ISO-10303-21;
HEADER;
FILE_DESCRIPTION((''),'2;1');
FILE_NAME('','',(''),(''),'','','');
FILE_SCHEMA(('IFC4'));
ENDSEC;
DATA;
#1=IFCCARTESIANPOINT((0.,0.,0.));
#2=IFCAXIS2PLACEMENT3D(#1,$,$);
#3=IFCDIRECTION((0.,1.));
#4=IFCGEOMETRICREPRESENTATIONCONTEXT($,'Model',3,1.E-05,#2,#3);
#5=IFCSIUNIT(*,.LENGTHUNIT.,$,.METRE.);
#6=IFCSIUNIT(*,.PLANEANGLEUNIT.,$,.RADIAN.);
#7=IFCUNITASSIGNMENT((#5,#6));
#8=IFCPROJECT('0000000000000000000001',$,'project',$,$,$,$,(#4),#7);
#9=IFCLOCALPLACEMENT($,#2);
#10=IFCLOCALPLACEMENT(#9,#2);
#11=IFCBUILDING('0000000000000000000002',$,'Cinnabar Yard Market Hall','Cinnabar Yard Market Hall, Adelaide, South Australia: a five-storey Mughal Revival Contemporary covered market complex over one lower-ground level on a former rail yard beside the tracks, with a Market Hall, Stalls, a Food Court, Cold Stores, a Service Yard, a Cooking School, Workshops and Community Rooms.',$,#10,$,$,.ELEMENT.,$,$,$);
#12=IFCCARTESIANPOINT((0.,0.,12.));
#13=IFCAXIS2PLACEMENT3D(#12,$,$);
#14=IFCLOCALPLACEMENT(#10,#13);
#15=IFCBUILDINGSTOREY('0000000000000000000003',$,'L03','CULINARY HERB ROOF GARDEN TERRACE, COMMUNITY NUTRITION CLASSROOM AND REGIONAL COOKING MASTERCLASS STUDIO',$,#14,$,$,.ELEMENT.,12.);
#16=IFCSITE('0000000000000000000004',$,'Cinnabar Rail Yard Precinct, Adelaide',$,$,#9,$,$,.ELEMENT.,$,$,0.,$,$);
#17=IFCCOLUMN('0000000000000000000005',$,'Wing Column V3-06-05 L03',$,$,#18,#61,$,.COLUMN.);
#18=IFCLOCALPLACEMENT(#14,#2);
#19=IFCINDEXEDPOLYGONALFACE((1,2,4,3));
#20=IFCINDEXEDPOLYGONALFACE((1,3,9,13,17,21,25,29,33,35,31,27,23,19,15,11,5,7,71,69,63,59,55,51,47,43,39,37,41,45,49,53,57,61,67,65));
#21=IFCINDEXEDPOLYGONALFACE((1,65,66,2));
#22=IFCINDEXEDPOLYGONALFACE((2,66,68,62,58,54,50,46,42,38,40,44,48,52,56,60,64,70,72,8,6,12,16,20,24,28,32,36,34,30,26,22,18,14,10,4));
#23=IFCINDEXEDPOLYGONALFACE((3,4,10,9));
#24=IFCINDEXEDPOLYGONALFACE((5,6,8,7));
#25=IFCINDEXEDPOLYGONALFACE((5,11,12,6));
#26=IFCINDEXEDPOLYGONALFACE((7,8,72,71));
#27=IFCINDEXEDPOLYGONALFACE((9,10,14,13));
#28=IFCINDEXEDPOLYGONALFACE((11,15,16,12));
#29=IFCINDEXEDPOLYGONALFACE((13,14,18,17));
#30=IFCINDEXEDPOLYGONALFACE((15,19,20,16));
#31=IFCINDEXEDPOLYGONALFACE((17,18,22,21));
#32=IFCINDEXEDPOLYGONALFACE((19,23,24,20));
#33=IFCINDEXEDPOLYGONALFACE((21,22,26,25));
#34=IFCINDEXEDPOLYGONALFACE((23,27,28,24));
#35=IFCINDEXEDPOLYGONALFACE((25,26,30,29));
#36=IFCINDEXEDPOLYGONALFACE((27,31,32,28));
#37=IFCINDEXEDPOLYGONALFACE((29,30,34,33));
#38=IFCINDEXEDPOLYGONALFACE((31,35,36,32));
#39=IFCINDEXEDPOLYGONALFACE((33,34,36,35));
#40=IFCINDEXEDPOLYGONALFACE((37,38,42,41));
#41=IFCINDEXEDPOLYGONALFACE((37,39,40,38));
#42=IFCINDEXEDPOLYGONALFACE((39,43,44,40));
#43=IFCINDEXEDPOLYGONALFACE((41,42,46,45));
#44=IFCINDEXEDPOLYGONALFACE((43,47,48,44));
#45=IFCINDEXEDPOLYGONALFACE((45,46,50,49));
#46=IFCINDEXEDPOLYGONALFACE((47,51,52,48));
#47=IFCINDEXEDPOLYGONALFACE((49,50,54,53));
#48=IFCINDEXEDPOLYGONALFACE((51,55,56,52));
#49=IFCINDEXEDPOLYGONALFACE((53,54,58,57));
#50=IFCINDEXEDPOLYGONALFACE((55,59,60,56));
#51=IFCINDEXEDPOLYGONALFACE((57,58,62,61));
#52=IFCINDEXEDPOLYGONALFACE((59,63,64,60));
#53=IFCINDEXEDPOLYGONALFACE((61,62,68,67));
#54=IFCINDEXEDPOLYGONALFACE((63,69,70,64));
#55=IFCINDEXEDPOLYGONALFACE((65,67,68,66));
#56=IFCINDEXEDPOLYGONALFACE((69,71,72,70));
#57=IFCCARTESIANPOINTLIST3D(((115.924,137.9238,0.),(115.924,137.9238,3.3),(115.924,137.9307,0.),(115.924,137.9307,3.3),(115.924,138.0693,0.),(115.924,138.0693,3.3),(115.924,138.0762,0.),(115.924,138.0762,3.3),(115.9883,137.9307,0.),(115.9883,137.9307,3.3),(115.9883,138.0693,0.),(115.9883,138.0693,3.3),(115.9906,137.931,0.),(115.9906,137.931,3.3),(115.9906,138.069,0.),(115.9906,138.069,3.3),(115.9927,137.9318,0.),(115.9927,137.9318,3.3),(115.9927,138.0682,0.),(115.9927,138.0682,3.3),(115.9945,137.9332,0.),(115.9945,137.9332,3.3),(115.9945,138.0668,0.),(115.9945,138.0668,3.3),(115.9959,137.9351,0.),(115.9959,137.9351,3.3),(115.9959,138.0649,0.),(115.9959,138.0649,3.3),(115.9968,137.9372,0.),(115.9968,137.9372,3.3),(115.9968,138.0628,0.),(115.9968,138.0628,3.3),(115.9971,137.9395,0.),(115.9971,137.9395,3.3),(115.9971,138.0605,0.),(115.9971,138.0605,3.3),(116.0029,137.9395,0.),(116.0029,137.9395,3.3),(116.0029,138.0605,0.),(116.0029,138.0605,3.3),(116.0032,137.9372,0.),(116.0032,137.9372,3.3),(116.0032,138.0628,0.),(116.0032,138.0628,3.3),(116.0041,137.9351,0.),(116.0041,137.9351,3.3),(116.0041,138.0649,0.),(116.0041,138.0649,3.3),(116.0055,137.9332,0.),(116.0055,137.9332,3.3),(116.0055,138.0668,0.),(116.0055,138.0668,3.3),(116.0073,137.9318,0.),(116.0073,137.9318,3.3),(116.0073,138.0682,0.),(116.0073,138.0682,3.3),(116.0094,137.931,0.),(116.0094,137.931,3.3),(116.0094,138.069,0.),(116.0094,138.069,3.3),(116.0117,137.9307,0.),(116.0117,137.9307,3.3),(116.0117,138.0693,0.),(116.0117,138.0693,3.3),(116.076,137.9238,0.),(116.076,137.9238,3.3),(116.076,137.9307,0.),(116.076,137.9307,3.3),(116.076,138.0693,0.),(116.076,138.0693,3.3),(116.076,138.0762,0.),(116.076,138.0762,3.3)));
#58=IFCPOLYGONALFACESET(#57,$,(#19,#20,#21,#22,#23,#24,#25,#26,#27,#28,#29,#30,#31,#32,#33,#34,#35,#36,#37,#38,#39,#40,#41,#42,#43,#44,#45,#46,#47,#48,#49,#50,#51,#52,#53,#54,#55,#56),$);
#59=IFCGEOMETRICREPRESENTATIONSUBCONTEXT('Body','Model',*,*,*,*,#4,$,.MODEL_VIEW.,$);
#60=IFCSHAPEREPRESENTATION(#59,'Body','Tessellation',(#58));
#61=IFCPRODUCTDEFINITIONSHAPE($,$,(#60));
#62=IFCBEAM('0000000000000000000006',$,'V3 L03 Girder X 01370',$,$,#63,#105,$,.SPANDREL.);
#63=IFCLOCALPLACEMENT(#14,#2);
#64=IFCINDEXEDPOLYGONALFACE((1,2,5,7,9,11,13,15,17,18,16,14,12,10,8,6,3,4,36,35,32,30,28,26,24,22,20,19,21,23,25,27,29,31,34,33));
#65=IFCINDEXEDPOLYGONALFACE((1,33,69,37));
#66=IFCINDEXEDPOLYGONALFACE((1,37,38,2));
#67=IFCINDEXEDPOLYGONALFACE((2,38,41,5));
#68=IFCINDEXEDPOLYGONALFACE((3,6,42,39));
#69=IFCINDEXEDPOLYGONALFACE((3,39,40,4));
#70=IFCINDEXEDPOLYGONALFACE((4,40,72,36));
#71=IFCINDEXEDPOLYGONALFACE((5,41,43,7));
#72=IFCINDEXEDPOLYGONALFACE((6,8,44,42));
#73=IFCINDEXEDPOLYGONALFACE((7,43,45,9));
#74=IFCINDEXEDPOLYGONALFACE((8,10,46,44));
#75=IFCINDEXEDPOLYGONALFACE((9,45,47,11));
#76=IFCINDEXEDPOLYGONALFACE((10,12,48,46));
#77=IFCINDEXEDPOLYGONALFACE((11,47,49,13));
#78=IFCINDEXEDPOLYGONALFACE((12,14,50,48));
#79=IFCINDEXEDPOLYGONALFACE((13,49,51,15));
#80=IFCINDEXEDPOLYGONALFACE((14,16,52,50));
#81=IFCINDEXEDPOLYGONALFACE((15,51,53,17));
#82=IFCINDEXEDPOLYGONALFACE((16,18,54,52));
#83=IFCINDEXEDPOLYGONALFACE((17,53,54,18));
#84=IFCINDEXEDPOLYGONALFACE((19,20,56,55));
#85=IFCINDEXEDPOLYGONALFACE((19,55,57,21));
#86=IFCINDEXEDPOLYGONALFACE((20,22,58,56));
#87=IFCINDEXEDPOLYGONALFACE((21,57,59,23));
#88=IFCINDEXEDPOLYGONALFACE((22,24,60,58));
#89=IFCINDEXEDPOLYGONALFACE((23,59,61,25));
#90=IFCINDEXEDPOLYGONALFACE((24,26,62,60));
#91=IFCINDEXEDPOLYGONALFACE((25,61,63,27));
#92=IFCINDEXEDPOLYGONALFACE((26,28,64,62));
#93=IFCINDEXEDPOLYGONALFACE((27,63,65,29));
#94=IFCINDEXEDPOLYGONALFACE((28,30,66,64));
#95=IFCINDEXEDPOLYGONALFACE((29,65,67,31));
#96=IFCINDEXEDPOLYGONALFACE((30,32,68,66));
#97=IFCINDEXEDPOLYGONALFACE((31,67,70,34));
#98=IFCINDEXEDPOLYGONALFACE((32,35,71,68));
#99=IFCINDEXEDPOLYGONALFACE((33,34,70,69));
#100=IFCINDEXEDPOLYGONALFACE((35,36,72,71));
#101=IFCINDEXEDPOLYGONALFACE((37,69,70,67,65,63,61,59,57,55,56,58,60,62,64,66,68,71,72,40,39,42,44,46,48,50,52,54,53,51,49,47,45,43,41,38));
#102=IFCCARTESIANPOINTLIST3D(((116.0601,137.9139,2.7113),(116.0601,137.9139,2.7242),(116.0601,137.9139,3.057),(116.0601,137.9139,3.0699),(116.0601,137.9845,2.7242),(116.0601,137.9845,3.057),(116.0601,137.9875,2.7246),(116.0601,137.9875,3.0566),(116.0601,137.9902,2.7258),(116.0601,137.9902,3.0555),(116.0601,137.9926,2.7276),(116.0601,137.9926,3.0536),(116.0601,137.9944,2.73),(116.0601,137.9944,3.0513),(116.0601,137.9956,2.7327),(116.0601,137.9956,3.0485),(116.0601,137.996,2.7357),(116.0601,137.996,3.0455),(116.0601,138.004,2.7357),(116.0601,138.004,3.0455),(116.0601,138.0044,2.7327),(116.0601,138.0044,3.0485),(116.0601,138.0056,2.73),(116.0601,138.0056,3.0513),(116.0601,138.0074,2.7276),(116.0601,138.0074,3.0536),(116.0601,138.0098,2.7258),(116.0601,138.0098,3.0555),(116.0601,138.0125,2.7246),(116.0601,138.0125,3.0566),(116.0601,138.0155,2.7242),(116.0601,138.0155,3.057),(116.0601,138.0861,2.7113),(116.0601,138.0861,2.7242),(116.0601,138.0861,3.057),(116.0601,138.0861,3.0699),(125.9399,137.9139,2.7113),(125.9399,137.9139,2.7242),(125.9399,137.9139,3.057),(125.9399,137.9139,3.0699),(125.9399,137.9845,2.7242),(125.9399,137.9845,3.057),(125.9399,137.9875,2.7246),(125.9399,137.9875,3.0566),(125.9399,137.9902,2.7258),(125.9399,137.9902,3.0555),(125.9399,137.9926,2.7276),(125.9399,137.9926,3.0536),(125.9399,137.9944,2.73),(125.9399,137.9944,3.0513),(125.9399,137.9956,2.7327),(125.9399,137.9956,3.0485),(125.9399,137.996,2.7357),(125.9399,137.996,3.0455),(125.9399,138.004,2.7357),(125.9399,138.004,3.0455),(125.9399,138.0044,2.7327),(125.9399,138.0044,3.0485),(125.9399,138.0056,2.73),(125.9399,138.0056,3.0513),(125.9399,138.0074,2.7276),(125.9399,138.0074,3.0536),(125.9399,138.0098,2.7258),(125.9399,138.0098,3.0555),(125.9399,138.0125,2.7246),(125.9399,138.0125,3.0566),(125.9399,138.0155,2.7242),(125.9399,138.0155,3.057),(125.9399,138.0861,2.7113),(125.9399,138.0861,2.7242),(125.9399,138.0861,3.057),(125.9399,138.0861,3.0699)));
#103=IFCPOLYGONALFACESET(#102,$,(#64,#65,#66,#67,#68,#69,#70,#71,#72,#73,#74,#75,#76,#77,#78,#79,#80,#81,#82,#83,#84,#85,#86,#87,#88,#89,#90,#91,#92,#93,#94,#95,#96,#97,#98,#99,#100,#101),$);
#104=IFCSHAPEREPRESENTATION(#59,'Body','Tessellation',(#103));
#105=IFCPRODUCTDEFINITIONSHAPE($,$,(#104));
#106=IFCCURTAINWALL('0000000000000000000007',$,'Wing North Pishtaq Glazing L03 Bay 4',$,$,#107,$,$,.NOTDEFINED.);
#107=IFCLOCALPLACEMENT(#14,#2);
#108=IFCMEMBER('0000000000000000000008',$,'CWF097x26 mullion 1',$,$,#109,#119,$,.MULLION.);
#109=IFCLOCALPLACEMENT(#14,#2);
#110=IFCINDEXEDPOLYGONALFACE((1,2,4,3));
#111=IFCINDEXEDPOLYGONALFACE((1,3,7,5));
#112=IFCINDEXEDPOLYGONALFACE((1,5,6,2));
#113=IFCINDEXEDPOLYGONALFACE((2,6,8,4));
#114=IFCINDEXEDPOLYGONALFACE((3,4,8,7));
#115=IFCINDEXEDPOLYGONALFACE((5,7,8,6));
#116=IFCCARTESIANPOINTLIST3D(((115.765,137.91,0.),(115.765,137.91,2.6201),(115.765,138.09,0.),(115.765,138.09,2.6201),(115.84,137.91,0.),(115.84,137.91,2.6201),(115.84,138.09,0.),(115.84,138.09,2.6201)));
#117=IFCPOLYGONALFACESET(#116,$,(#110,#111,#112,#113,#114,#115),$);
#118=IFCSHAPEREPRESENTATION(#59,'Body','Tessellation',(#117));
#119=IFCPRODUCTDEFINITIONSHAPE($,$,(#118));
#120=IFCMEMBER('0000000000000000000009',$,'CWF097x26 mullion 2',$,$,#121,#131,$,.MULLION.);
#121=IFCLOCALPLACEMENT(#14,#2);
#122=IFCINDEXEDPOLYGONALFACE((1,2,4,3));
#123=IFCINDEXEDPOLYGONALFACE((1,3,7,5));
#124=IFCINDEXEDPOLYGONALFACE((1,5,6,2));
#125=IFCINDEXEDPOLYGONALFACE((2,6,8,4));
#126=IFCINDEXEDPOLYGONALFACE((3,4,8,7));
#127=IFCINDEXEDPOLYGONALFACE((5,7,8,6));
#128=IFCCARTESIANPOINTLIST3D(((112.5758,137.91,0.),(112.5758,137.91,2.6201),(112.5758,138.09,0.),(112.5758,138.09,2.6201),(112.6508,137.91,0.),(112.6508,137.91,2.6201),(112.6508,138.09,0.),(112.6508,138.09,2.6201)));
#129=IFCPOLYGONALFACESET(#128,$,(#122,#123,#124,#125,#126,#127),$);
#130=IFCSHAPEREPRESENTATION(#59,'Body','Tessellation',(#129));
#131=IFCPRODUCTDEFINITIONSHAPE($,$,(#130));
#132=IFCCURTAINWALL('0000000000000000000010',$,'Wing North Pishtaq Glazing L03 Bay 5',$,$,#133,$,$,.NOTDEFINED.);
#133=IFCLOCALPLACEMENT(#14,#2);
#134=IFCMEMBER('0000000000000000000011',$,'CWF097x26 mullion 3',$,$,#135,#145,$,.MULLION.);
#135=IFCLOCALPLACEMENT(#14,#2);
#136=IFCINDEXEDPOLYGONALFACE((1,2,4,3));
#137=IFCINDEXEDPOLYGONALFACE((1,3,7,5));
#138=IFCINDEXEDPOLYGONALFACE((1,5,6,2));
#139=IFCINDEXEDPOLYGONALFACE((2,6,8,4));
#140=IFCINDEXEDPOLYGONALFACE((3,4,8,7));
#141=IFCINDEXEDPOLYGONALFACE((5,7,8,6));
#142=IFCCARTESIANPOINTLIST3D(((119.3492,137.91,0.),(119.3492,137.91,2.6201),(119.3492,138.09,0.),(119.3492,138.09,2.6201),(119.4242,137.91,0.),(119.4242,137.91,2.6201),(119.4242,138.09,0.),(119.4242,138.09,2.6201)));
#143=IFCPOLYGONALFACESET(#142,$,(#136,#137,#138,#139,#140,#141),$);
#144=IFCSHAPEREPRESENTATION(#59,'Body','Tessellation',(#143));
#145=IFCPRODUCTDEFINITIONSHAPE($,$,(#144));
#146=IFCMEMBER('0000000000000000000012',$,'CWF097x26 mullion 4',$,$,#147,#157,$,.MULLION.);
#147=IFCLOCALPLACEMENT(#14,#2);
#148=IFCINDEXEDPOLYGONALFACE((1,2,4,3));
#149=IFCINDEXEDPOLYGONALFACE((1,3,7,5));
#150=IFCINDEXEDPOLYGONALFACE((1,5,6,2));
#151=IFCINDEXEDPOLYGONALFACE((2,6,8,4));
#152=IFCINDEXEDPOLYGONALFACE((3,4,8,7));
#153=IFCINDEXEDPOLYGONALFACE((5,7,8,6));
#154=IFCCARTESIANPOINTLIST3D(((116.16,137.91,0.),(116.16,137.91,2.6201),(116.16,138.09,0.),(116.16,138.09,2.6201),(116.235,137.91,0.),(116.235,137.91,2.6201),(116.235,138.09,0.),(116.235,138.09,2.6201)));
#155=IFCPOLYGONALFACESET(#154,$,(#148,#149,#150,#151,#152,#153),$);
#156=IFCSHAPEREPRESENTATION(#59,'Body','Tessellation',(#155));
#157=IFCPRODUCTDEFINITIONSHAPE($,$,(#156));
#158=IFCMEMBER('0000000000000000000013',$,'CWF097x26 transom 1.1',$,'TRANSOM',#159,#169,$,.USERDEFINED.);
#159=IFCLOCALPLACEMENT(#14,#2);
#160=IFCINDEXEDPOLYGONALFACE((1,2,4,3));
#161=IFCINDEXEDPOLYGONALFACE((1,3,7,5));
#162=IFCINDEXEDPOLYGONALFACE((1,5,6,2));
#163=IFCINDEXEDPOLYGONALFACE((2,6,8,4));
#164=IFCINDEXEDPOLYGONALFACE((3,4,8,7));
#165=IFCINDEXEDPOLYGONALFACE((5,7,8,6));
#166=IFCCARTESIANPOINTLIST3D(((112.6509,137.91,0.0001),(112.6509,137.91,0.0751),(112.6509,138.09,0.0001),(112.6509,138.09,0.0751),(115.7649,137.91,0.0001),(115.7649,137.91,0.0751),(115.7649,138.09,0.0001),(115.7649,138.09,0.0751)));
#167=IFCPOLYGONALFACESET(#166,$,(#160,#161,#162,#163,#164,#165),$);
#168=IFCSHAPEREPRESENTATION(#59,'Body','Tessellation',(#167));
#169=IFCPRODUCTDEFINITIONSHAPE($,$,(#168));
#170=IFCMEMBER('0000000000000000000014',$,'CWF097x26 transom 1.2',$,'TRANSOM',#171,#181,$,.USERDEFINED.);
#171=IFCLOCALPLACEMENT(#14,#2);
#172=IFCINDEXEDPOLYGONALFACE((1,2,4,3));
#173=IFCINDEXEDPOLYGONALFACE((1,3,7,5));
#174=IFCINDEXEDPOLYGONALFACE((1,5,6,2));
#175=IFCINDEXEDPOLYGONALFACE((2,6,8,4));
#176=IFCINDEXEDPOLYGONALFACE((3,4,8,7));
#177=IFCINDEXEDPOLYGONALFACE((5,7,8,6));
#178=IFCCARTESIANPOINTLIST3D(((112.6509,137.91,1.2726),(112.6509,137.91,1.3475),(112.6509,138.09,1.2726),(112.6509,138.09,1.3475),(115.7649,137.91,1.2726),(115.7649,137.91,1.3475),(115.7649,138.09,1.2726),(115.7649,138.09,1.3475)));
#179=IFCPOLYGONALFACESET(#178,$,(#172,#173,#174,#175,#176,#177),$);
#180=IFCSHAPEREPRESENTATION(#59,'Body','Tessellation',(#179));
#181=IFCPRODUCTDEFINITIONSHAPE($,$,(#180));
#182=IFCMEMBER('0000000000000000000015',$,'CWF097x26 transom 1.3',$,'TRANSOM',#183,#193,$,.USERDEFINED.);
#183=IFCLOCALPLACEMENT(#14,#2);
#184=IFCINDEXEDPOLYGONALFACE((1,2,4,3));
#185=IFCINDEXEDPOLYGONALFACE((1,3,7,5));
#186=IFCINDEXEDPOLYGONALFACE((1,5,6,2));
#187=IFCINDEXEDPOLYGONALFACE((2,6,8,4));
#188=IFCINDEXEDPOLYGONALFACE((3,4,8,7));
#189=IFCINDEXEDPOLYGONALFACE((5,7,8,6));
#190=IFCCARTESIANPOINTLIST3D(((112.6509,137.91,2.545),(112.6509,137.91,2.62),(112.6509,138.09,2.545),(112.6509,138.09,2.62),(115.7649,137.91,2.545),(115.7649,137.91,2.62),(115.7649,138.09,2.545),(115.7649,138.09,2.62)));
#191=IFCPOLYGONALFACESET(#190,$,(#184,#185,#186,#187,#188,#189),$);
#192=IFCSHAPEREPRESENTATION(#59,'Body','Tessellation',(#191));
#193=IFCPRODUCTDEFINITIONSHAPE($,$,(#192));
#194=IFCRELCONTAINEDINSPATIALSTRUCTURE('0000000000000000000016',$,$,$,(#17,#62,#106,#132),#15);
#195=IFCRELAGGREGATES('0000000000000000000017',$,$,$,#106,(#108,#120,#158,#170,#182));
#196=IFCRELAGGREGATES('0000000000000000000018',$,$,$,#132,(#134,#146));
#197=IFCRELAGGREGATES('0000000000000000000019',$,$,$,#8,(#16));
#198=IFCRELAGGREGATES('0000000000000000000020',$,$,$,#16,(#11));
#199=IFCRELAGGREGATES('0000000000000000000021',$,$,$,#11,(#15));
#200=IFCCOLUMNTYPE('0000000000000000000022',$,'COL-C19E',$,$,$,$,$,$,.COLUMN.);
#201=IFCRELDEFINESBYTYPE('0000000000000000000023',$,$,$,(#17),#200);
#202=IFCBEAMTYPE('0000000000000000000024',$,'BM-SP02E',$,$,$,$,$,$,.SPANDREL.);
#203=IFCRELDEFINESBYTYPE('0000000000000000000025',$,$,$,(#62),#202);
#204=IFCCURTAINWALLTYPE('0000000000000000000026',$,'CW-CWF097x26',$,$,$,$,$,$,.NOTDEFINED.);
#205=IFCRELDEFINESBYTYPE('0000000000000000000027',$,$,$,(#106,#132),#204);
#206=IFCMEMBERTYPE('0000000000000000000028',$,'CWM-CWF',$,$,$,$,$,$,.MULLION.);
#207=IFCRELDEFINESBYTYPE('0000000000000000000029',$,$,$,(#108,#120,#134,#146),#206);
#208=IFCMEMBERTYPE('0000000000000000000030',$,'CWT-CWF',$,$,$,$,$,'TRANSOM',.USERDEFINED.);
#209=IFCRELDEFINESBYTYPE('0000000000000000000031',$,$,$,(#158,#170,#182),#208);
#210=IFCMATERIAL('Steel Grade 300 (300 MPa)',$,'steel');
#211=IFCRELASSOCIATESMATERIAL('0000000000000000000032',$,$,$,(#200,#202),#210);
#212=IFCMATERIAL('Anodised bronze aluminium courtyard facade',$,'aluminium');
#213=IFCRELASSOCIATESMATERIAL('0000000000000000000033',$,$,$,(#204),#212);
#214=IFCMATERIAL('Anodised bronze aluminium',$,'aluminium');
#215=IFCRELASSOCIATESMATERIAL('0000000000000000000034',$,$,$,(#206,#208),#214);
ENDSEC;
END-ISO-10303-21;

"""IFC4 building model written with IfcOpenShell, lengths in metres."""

from ifc_helpers import new_model, si_unit, direction, frame, origin, origin_2d_with_axis, place, context, subcontext, project, spatial, rectangle, i_section, extrude, material, material_profile, profile_set, type_object, element, aggregate, save


model = new_model("IFC4")

# Units and contexts
model_context = context("Model", 3, precision=1e-05, world=origin(), true_north=direction((0.0, 1.0)))
body_context = subcontext(model_context, "Body", "Model", "MODEL_VIEW")
ifc_project = project(units=[si_unit("LENGTHUNIT", "METRE"), si_unit("PLANEANGLEUNIT", "RADIAN")], contexts=[model_context])

# Site, building, storey
site_placement = place(None, origin())
site = spatial("IfcSite", under=ifc_project, at=site_placement, Name="Cinnabar Rail Yard Precinct, Adelaide", CompositionType="ELEMENT", RefElevation=0.0)
building_placement = place(site_placement, origin())
building = spatial("IfcBuilding", under=site, at=building_placement, Name="Cinnabar Yard Market Hall", Description="Cinnabar Yard Market Hall, Adelaide, South Australia: a five-storey Mughal Revival Contemporary covered market complex over one lower-ground level on a former rail yard beside the tracks, with a Market Hall, Stalls, a Food Court, Cold Stores, a Service Yard, a Cooking School, Workshops and Community Rooms.", CompositionType="ELEMENT")
storey_placement = place(building_placement, frame((0.0, 0.0, 12.0)))
storey = spatial("IfcBuildingStorey", under=building, at=storey_placement, Name="L03", Description="CULINARY HERB ROOF GARDEN TERRACE, COMMUNITY NUTRITION CLASSROOM AND REGIONAL COOKING MASTERCLASS STUDIO", CompositionType="ELEMENT", Elevation=12.0)

# Column
ifc_material_1 = material(Name="Steel Grade 300 (300 MPa)", Category="steel")
ifc_material_profile_1 = material_profile(ifc_material_1, i_section(OverallWidth=0.1521, OverallDepth=0.1523, WebThickness=0.0059, FlangeThickness=0.0068, FilletRadius=0.0088, at=origin_2d_with_axis()), Name="150UC23.4")
ifc_profile_set_1 = profile_set([ifc_material_profile_1], Name="Steel Grade 300 (300 MPa)")
column_type = type_object("IfcColumnType", Name="COL-C19E", PredefinedType="COLUMN", material=ifc_profile_set_1)
column_placement = place(storey_placement, frame((116.0, 138.0, 0.0), z_axis=(0.0, 0.0, 1.0), x_axis=(1.0, 0.0, 0.0)))
element("IfcColumn", 1, at=column_placement, inside=storey, type_object=column_type, Name="Wing Column V3-06-05 L03", PredefinedType="COLUMN", context=body_context, shape_type="SweptSolid", body=[
    extrude(i_section(OverallWidth=0.1521, OverallDepth=0.1523, WebThickness=0.0059, FlangeThickness=0.0068, FilletRadius=0.0088, at=origin_2d_with_axis()), origin(), (0.0, 0.0, 1.0), 3.3),
])

# Beam
ifc_material_profile_2 = material_profile(ifc_material_1, i_section(OverallWidth=0.1721, OverallDepth=0.3586, WebThickness=0.0081, FlangeThickness=0.0129, FilletRadius=0.0115, at=origin_2d_with_axis()), Name="360UB56.7")
ifc_profile_set_2 = profile_set([ifc_material_profile_2], Name="Steel Grade 300 (300 MPa)")
beam_type = type_object("IfcBeamType", Name="BM-SP02E", PredefinedType="SPANDREL", material=ifc_profile_set_2)
beam_placement = place(storey_placement, frame((116.0601, 138.0, 2.8906), z_axis=(1.0, 0.0, 0.0), x_axis=(0.0, 1.0, 0.0)))
element("IfcBeam", 2, at=beam_placement, inside=storey, type_object=beam_type, Name="V3 L03 Girder X 01370", PredefinedType="SPANDREL", context=body_context, shape_type="SweptSolid", body=[
    extrude(i_section(OverallWidth=0.1721, OverallDepth=0.3586, WebThickness=0.0081, FlangeThickness=0.0129, FilletRadius=0.0115, at=origin_2d_with_axis()), origin(), (0.0, 0.0, 1.0), 9.8799),
])

# Curtain walls, members
ifc_material_2 = material(Name="Anodised bronze aluminium courtyard facade", Category="aluminium")
curtain_wall_type = type_object("IfcCurtainWallType", Name="CW-CWF097x26", PredefinedType="NOTDEFINED", material=ifc_material_2)
curtain_wall_1_placement = place(storey_placement, origin())
curtain_wall_1 = element("IfcCurtainWall", 3, at=curtain_wall_1_placement, inside=storey, type_object=curtain_wall_type, Name="Wing North Pishtaq Glazing L03 Bay 4", PredefinedType="NOTDEFINED")
ifc_material_3 = material(Name="Anodised bronze aluminium", Category="aluminium")
ifc_material_profile_3 = material_profile(ifc_material_3, rectangle(XDim=0.1799, YDim=0.075, at=origin_2d_with_axis()), Name="MUL-CWF")
ifc_profile_set_3 = profile_set([ifc_material_profile_3], Name="Anodised bronze aluminium")
member_type_1 = type_object("IfcMemberType", Name="CWM-CWF", PredefinedType="MULLION", material=ifc_profile_set_3)
member_1_placement = place(storey_placement, frame((115.8025, 138.0, 0.0), z_axis=(0.0, 0.0, 1.0), x_axis=(0.0, -1.0, 0.0)))
member_1 = element("IfcMember", 4, at=member_1_placement, type_object=member_type_1, Name="CWF097x26 mullion 1", PredefinedType="MULLION", context=body_context, shape_type="SweptSolid", body=[
    extrude(rectangle(XDim=0.1799, YDim=0.075, at=origin_2d_with_axis()), origin(), (0.0, 0.0, 1.0), 2.6201),
])
member_2_placement = place(storey_placement, frame((112.6133, 138.0, 0.0), z_axis=(0.0, 0.0, 1.0), x_axis=(0.0, -1.0, 0.0)))
member_2 = element("IfcMember", 5, at=member_2_placement, type_object=member_type_1, Name="CWF097x26 mullion 2", PredefinedType="MULLION", context=body_context, shape_type="SweptSolid", body=[
    extrude(rectangle(XDim=0.1799, YDim=0.075, at=origin_2d_with_axis()), origin(), (0.0, 0.0, 1.0), 2.6201),
])
curtain_wall_2_placement = place(storey_placement, origin())
curtain_wall_2 = element("IfcCurtainWall", 6, at=curtain_wall_2_placement, inside=storey, type_object=curtain_wall_type, Name="Wing North Pishtaq Glazing L03 Bay 5", PredefinedType="NOTDEFINED")
member_3_placement = place(storey_placement, frame((119.3867, 138.0, 0.0), z_axis=(0.0, 0.0, 1.0), x_axis=(0.0, -1.0, 0.0)))
member_3 = element("IfcMember", 7, at=member_3_placement, type_object=member_type_1, Name="CWF097x26 mullion 3", PredefinedType="MULLION", context=body_context, shape_type="SweptSolid", body=[
    extrude(rectangle(XDim=0.1799, YDim=0.075, at=origin_2d_with_axis()), origin(), (0.0, 0.0, 1.0), 2.6201),
])
member_4_placement = place(storey_placement, frame((116.1975, 138.0, 0.0), z_axis=(0.0, 0.0, 1.0), x_axis=(0.0, -1.0, 0.0)))
member_4 = element("IfcMember", 8, at=member_4_placement, type_object=member_type_1, Name="CWF097x26 mullion 4", PredefinedType="MULLION", context=body_context, shape_type="SweptSolid", body=[
    extrude(rectangle(XDim=0.1799, YDim=0.075, at=origin_2d_with_axis()), origin(), (0.0, 0.0, 1.0), 2.6201),
])

# Members
ifc_material_profile_4 = material_profile(ifc_material_3, rectangle(XDim=0.1799, YDim=0.075, at=origin_2d_with_axis()), Name="TRN-CWF")
ifc_profile_set_4 = profile_set([ifc_material_profile_4], Name="Anodised bronze aluminium")
member_type_2 = type_object("IfcMemberType", Name="CWT-CWF", ElementType="TRANSOM", PredefinedType="USERDEFINED", material=ifc_profile_set_4)
member_5_placement = place(storey_placement, frame((115.7649, 138.0, 0.0376), z_axis=(-1.0, 0.0, 0.0), x_axis=(0.0, -1.0, 0.0)))
member_5 = element("IfcMember", 9, at=member_5_placement, type_object=member_type_2, Name="CWF097x26 transom 1.1", ObjectType="TRANSOM", PredefinedType="USERDEFINED", context=body_context, shape_type="SweptSolid", body=[
    extrude(rectangle(XDim=0.1799, YDim=0.075, at=origin_2d_with_axis()), origin(), (0.0, 0.0, 1.0), 3.114),
])
member_6_placement = place(storey_placement, frame((115.7649, 138.0, 1.3101), z_axis=(-1.0, 0.0, 0.0), x_axis=(0.0, -1.0, 0.0)))
member_6 = element("IfcMember", 10, at=member_6_placement, type_object=member_type_2, Name="CWF097x26 transom 1.2", ObjectType="TRANSOM", PredefinedType="USERDEFINED", context=body_context, shape_type="SweptSolid", body=[
    extrude(rectangle(XDim=0.1799, YDim=0.075, at=origin_2d_with_axis()), origin(), (0.0, 0.0, 1.0), 3.114),
])
member_7_placement = place(storey_placement, frame((115.7649, 138.0, 2.5825), z_axis=(-1.0, 0.0, 0.0), x_axis=(0.0, -1.0, 0.0)))
member_7 = element("IfcMember", 11, at=member_7_placement, type_object=member_type_2, Name="CWF097x26 transom 1.3", ObjectType="TRANSOM", PredefinedType="USERDEFINED", context=body_context, shape_type="SweptSolid", body=[
    extrude(rectangle(XDim=0.1799, YDim=0.075, at=origin_2d_with_axis()), origin(), (0.0, 0.0, 1.0), 3.114),
])

aggregate(curtain_wall_1, [member_1, member_2, member_5, member_6, member_7])
aggregate(curtain_wall_2, [member_3, member_4])

save(model, "model.ifc")
